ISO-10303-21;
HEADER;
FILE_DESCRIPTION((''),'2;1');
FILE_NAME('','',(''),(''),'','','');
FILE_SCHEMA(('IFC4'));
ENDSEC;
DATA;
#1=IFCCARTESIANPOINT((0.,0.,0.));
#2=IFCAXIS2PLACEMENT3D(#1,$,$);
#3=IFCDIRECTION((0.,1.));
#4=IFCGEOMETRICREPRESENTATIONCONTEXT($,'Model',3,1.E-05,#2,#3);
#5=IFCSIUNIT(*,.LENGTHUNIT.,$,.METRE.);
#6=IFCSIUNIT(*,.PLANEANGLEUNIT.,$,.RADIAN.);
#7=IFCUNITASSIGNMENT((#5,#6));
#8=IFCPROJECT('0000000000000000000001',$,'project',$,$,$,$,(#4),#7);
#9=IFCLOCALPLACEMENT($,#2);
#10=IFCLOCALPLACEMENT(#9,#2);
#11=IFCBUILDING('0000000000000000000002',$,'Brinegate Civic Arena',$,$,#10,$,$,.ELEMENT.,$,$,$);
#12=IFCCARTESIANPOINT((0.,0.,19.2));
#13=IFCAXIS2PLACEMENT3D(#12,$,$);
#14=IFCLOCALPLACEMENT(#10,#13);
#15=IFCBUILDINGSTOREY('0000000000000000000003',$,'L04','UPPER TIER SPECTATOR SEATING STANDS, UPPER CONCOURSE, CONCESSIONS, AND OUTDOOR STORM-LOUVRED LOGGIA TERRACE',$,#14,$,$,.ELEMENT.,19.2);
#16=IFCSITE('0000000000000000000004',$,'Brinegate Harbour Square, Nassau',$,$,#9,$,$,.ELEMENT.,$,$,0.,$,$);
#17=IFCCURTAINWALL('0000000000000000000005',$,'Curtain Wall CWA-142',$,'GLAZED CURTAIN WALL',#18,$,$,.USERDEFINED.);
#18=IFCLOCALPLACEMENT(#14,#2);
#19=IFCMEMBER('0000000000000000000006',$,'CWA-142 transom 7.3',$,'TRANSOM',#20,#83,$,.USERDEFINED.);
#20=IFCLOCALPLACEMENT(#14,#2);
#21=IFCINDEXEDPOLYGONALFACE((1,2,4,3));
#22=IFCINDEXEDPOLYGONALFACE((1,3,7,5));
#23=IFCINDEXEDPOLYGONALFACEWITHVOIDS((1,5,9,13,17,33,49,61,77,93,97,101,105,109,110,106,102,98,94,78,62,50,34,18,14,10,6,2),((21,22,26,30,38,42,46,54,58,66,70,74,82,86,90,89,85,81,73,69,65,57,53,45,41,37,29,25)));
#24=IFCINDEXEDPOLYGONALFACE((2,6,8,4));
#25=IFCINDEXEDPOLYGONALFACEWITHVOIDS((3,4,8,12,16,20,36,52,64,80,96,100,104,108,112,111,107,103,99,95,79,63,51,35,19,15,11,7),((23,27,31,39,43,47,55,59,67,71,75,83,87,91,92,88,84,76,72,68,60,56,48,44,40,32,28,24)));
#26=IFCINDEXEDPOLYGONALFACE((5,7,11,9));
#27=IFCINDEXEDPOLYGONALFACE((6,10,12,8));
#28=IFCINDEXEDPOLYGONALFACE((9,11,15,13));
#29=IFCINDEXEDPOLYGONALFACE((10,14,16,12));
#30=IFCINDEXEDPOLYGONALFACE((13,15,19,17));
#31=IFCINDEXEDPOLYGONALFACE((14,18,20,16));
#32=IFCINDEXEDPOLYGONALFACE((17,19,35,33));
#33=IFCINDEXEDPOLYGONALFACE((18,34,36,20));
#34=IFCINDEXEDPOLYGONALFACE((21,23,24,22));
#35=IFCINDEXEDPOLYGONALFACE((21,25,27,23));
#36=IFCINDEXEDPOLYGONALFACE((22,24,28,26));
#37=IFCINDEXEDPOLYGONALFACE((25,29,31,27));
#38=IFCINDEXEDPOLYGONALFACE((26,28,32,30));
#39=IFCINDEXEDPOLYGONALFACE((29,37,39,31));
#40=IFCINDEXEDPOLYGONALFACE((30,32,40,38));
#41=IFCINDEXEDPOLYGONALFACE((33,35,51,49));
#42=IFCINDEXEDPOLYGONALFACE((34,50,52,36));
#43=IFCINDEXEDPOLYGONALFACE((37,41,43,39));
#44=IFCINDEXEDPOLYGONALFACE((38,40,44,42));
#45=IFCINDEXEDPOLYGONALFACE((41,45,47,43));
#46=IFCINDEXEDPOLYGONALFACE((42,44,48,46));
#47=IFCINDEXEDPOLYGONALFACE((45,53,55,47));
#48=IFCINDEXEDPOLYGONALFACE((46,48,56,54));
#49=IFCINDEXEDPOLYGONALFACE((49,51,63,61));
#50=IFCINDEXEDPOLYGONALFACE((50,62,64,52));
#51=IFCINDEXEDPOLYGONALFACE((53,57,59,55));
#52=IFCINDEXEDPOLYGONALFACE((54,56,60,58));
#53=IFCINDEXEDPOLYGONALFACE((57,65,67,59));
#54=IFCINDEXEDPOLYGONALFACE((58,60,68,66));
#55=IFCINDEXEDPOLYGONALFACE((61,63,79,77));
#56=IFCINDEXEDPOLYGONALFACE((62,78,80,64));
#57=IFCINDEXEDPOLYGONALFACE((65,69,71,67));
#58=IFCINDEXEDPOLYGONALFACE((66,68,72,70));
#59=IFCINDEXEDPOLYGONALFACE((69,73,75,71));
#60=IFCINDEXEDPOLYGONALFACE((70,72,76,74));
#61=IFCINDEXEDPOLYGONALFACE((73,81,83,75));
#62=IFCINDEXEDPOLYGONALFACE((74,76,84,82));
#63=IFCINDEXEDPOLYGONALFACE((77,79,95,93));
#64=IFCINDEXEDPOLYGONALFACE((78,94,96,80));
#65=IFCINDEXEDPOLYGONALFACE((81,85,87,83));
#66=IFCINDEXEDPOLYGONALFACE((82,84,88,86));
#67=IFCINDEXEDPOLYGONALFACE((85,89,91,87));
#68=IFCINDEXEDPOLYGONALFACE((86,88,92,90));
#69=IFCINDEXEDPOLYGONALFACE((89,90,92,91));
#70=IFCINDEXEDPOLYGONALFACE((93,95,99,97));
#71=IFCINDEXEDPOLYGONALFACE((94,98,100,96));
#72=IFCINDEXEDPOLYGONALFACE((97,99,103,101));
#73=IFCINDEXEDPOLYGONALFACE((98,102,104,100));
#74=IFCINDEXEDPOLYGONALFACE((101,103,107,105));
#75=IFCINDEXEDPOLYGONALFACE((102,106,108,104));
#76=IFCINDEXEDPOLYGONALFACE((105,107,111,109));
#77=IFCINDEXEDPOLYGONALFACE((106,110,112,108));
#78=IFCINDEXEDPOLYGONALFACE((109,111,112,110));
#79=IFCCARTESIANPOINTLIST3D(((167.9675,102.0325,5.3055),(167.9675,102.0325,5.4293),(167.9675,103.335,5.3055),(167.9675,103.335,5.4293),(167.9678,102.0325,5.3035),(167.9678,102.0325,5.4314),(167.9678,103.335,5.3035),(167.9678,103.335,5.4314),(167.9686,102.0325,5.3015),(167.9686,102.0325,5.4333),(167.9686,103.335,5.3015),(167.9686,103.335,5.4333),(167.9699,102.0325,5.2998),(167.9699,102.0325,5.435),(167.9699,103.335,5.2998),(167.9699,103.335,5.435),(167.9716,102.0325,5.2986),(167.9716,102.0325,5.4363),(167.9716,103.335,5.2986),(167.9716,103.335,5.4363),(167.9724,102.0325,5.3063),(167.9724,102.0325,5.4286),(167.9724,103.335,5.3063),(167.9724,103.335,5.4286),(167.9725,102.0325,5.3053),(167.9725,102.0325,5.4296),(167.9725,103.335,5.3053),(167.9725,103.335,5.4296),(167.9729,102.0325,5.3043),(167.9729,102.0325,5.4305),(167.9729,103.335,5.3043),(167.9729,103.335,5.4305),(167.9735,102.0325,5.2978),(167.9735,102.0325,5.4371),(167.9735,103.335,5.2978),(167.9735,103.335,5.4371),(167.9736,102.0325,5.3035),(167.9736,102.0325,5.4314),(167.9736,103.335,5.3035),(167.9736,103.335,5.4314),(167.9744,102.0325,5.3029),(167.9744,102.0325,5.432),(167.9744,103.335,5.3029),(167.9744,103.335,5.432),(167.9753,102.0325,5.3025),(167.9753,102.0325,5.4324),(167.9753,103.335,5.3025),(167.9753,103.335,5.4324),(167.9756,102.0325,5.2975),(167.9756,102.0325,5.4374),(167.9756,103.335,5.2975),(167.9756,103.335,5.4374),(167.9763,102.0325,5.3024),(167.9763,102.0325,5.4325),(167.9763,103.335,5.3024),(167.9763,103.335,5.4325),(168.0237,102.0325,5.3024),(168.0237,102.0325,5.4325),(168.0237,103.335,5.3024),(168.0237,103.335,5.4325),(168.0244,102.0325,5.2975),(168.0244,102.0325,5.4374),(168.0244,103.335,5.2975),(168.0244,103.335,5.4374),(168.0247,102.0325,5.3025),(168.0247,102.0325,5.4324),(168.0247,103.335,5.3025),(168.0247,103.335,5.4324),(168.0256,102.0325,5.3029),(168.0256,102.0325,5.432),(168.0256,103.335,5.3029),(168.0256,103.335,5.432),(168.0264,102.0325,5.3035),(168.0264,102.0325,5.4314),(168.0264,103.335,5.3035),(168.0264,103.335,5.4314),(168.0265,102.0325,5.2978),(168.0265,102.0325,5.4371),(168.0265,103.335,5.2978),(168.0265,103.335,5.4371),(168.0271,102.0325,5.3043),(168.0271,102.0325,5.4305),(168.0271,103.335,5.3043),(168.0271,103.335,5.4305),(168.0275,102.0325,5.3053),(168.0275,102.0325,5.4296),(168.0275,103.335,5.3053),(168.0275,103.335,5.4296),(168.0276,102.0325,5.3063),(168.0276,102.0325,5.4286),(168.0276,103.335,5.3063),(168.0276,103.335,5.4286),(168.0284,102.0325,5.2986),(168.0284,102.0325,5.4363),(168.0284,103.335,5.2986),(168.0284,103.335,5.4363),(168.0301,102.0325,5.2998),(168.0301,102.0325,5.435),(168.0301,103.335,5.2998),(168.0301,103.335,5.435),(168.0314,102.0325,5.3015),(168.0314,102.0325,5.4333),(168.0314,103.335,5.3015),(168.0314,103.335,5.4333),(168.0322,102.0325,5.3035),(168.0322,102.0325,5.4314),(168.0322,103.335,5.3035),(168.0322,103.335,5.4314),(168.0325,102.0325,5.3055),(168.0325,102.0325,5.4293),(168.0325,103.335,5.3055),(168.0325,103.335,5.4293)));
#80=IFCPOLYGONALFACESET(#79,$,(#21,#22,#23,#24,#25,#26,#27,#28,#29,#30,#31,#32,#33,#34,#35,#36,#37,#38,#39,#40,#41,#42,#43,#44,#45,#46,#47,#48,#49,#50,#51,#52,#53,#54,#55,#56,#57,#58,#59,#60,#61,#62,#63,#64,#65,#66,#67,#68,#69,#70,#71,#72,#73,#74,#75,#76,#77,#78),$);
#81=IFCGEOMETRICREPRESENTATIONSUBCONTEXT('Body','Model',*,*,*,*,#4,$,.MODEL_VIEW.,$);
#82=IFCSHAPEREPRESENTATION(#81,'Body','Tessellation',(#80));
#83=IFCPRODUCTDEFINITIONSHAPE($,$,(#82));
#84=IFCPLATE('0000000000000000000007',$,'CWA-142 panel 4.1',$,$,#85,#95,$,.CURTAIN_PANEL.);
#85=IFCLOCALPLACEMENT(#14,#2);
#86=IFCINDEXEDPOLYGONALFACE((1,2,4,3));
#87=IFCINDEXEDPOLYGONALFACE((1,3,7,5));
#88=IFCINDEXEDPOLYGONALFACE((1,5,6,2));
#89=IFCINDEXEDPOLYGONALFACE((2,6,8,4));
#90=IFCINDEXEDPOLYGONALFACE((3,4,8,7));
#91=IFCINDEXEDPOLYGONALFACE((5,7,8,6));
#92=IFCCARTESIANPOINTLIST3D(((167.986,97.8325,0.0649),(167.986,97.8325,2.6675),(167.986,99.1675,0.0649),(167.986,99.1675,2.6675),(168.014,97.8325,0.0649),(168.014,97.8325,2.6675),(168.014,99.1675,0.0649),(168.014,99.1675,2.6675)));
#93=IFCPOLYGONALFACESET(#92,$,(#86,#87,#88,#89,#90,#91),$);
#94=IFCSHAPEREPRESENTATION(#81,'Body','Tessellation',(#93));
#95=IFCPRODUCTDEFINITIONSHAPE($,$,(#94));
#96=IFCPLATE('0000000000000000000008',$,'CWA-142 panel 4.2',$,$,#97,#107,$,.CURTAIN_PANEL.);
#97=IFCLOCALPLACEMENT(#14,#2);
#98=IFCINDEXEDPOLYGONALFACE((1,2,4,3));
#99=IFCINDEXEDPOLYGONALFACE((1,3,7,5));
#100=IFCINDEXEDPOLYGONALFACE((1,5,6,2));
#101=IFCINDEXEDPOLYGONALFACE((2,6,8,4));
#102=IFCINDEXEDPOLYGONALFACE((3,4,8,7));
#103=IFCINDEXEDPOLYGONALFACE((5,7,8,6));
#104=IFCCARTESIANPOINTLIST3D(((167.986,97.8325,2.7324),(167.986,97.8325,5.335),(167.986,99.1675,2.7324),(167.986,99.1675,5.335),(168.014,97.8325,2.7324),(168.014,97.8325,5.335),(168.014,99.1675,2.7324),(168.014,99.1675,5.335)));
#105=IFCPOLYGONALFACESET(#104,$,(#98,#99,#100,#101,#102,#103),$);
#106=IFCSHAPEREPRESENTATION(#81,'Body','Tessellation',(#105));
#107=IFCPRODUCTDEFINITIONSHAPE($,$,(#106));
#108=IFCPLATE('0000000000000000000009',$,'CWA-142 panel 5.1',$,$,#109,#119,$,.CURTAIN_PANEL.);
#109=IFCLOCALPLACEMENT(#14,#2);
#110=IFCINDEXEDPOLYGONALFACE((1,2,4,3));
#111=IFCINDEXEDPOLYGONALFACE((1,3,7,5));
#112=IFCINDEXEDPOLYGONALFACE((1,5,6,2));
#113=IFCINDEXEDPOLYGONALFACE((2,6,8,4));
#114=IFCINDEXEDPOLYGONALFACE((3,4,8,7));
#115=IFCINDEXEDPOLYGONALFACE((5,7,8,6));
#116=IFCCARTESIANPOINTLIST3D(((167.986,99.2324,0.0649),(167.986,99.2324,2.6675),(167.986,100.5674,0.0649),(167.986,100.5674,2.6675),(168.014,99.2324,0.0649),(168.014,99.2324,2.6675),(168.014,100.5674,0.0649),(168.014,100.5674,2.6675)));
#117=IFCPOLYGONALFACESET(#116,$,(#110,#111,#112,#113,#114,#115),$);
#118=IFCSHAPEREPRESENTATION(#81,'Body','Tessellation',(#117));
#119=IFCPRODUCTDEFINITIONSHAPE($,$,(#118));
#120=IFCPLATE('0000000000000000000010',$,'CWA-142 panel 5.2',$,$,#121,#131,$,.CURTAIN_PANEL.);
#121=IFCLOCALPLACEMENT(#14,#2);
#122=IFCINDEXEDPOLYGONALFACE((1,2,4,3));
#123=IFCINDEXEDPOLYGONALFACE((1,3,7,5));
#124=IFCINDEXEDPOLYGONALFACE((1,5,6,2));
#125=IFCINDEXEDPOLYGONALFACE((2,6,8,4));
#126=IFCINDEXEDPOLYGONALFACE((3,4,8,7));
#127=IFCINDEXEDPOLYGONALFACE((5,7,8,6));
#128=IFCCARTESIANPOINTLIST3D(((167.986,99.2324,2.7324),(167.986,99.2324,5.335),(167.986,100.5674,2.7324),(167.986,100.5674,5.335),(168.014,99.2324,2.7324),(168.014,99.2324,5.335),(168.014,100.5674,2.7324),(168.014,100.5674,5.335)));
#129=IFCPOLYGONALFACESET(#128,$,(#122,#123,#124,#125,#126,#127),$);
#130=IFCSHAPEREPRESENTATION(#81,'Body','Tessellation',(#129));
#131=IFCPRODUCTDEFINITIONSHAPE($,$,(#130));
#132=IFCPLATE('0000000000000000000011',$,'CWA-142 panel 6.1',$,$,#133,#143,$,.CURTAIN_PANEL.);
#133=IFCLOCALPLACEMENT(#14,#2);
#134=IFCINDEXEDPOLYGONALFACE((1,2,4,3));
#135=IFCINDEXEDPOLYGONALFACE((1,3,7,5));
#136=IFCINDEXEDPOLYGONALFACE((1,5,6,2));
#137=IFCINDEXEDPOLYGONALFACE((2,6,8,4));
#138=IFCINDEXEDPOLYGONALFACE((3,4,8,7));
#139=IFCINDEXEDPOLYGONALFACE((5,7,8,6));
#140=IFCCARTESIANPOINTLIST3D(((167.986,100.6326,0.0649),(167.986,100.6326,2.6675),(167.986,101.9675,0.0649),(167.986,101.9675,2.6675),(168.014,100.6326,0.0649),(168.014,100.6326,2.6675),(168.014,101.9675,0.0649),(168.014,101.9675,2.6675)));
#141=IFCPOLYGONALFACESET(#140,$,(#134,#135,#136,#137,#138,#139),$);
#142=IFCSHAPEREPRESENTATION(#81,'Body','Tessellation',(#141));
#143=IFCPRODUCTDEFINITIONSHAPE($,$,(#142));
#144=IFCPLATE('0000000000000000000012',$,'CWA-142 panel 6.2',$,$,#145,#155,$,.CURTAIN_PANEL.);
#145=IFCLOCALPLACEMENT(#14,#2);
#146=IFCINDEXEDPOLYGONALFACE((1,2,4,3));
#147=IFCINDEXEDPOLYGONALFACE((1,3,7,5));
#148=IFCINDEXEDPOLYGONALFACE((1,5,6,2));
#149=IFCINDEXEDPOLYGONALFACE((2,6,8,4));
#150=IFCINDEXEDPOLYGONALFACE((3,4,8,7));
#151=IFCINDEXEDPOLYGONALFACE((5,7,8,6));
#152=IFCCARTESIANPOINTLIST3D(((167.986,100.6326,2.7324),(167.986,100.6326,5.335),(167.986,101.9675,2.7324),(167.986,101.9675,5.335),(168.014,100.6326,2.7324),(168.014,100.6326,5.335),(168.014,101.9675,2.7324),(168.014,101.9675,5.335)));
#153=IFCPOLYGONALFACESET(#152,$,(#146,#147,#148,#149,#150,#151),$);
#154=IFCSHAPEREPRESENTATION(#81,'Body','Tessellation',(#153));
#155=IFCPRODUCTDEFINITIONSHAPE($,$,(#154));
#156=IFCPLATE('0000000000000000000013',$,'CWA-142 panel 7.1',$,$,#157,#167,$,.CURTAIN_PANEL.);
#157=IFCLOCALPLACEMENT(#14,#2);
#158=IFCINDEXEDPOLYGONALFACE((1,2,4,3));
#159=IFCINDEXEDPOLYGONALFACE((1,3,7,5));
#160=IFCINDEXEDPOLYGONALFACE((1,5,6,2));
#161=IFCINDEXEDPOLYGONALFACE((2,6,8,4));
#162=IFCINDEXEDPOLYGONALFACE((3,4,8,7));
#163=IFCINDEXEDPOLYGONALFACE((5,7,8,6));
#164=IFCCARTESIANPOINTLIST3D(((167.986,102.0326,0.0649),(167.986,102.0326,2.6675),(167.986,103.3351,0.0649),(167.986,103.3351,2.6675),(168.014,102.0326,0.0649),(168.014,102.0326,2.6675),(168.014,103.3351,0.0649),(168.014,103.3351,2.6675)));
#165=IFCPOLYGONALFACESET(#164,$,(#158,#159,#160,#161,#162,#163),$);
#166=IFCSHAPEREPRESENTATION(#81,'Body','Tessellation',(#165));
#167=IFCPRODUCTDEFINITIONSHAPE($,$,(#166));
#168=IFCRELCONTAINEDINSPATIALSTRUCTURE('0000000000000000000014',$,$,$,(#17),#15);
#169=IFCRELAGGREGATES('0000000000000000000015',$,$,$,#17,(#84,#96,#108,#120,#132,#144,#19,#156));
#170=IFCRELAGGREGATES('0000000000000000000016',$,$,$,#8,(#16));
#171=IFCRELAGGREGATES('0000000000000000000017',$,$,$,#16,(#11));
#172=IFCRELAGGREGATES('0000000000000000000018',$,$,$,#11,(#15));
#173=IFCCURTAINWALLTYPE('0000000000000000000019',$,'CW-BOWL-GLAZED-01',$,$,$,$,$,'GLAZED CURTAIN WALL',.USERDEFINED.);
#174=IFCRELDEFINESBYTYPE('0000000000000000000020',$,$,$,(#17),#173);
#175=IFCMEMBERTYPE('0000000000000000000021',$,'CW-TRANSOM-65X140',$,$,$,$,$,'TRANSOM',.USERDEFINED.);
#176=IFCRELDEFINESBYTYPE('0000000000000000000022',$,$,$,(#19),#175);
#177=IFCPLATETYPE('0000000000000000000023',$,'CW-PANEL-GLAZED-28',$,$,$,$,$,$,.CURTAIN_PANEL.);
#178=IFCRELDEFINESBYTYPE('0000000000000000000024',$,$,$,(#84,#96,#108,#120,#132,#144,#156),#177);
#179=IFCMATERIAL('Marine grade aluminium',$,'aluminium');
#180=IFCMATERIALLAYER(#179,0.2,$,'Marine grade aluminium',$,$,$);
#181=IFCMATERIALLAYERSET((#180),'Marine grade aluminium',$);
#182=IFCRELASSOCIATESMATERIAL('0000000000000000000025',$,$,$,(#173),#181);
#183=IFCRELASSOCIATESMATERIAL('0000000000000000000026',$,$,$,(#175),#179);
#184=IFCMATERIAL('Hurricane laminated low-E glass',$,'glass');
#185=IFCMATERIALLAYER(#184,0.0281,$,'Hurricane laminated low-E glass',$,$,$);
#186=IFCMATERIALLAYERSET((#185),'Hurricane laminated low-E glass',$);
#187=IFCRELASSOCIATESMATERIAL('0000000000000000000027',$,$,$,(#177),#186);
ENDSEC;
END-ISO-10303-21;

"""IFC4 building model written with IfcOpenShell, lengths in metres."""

from ifc_helpers import new_model, si_unit, direction, frame, origin, origin_2d, place, context, subcontext, project, spatial, rectangle, hollow_rectangle, extrude, material, layer, layer_set, material_profile, profile_set, type_object, element, aggregate, save


model = new_model("IFC4")

# Units and contexts
model_context = context("Model", 3, precision=1e-05, world=origin(), true_north=direction((0.0, 1.0)))
body_context = subcontext(model_context, "Body", "Model", "MODEL_VIEW")
ifc_project = project(units=[si_unit("LENGTHUNIT", "METRE"), si_unit("PLANEANGLEUNIT", "RADIAN")], contexts=[model_context])

# Site, building, storey
site_placement = place(None, origin())
site = spatial("IfcSite", under=ifc_project, at=site_placement, Name="Brinegate Harbour Square, Nassau", CompositionType="ELEMENT", RefElevation=0.0)
building_placement = place(site_placement, origin())
building = spatial("IfcBuilding", under=site, at=building_placement, Name="Brinegate Civic Arena", CompositionType="ELEMENT")
storey_placement = place(building_placement, frame((0.0, 0.0, 19.2)))
storey = spatial("IfcBuildingStorey", under=building, at=storey_placement, Name="L04", Description="UPPER TIER SPECTATOR SEATING STANDS, UPPER CONCOURSE, CONCESSIONS, AND OUTDOOR STORM-LOUVRED LOGGIA TERRACE", CompositionType="ELEMENT", Elevation=19.2)

# Curtain wall, member, plates
ifc_material_1 = material(Name="Marine grade aluminium", Category="aluminium")
ifc_layer_1 = layer(ifc_material_1, 0.2, Name="Marine grade aluminium")
ifc_layer_set_1 = layer_set([ifc_layer_1], Name="Marine grade aluminium")
curtain_wall_type = type_object("IfcCurtainWallType", Name="CW-BOWL-GLAZED-01", ElementType="GLAZED CURTAIN WALL", PredefinedType="USERDEFINED", material=ifc_layer_set_1)
curtain_wall_placement = place(storey_placement, origin())
curtain_wall = element("IfcCurtainWall", 1, at=curtain_wall_placement, inside=storey, type_object=curtain_wall_type, Name="Curtain Wall CWA-142", ObjectType="GLAZED CURTAIN WALL", PredefinedType="USERDEFINED")
ifc_material_profile_1 = material_profile(ifc_material_1, hollow_rectangle(XDim=0.0649, YDim=0.1399, WallThickness=0.0049, InnerFilletRadius=0.0039, OuterFilletRadius=0.0081, at=origin_2d()), Name="TRN65X140")
ifc_profile_set_1 = profile_set([ifc_material_profile_1], Name="Marine grade aluminium")
member_type_1 = type_object("IfcMemberType", Name="CW-TRANSOM-65X140", ElementType="TRANSOM", PredefinedType="USERDEFINED", material=ifc_profile_set_1)
member_1_placement = place(storey_placement, frame((168.0, 102.0325, 5.3674), z_axis=(0.0, 1.0, 0.0), x_axis=(-1.0, 0.0, 0.0)))
member_1 = element("IfcMember", 2, at=member_1_placement, type_object=member_type_1, Name="CWA-142 transom 7.3", ObjectType="TRANSOM", PredefinedType="USERDEFINED", context=body_context, shape_type="SweptSolid", body=[
    extrude(hollow_rectangle(XDim=0.0649, YDim=0.1399, WallThickness=0.0049, InnerFilletRadius=0.0039, OuterFilletRadius=0.0081, at=origin_2d()), origin(), (0.0, 0.0, 1.0), 1.3025),
])
ifc_material_2 = material(Name="Hurricane laminated low-E glass", Category="glass")
ifc_layer_2 = layer(ifc_material_2, 0.0281, Name="Hurricane laminated low-E glass")
ifc_layer_set_2 = layer_set([ifc_layer_2], Name="Hurricane laminated low-E glass")
plate_type = type_object("IfcPlateType", Name="CW-PANEL-GLAZED-28", PredefinedType="CURTAIN_PANEL", material=ifc_layer_set_2)
plate_1_placement = place(storey_placement, frame((168.0, 98.5, 0.0649), z_axis=(0.0, 0.0, 1.0), x_axis=(0.0, 1.0, 0.0)))
plate_1 = element("IfcPlate", 3, at=plate_1_placement, type_object=plate_type, Name="CWA-142 panel 4.1", PredefinedType="CURTAIN_PANEL", context=body_context, shape_type="SweptSolid", body=[
    extrude(rectangle(XDim=1.335, YDim=0.0281, at=origin_2d()), origin(), (0.0, 0.0, 1.0), 2.6025),
])
plate_2_placement = place(storey_placement, frame((168.0, 98.5, 2.7324), z_axis=(0.0, 0.0, 1.0), x_axis=(0.0, 1.0, 0.0)))
plate_2 = element("IfcPlate", 4, at=plate_2_placement, type_object=plate_type, Name="CWA-142 panel 4.2", PredefinedType="CURTAIN_PANEL", context=body_context, shape_type="SweptSolid", body=[
    extrude(rectangle(XDim=1.335, YDim=0.0281, at=origin_2d()), origin(), (0.0, 0.0, 1.0), 2.6025),
])
plate_3_placement = place(storey_placement, frame((168.0, 99.8999, 0.0649), z_axis=(0.0, 0.0, 1.0), x_axis=(0.0, 1.0, 0.0)))
plate_3 = element("IfcPlate", 5, at=plate_3_placement, type_object=plate_type, Name="CWA-142 panel 5.1", PredefinedType="CURTAIN_PANEL", context=body_context, shape_type="SweptSolid", body=[
    extrude(rectangle(XDim=1.335, YDim=0.0281, at=origin_2d()), origin(), (0.0, 0.0, 1.0), 2.6025),
])
plate_4_placement = place(storey_placement, frame((168.0, 99.8999, 2.7324), z_axis=(0.0, 0.0, 1.0), x_axis=(0.0, 1.0, 0.0)))
plate_4 = element("IfcPlate", 6, at=plate_4_placement, type_object=plate_type, Name="CWA-142 panel 5.2", PredefinedType="CURTAIN_PANEL", context=body_context, shape_type="SweptSolid", body=[
    extrude(rectangle(XDim=1.335, YDim=0.0281, at=origin_2d()), origin(), (0.0, 0.0, 1.0), 2.6025),
])
plate_5_placement = place(storey_placement, frame((168.0, 101.3, 0.0649), z_axis=(0.0, 0.0, 1.0), x_axis=(0.0, 1.0, 0.0)))
plate_5 = element("IfcPlate", 7, at=plate_5_placement, type_object=plate_type, Name="CWA-142 panel 6.1", PredefinedType="CURTAIN_PANEL", context=body_context, shape_type="SweptSolid", body=[
    extrude(rectangle(XDim=1.335, YDim=0.0281, at=origin_2d()), origin(), (0.0, 0.0, 1.0), 2.6025),
])
plate_6_placement = place(storey_placement, frame((168.0, 101.3, 2.7324), z_axis=(0.0, 0.0, 1.0), x_axis=(0.0, 1.0, 0.0)))
plate_6 = element("IfcPlate", 8, at=plate_6_placement, type_object=plate_type, Name="CWA-142 panel 6.2", PredefinedType="CURTAIN_PANEL", context=body_context, shape_type="SweptSolid", body=[
    extrude(rectangle(XDim=1.335, YDim=0.0281, at=origin_2d()), origin(), (0.0, 0.0, 1.0), 2.6025),
])
plate_7_placement = place(storey_placement, frame((168.0, 102.6838, 0.0649), z_axis=(0.0, 0.0, 1.0), x_axis=(0.0, 1.0, 0.0)))
plate_7 = element("IfcPlate", 9, at=plate_7_placement, type_object=plate_type, Name="CWA-142 panel 7.1", PredefinedType="CURTAIN_PANEL", context=body_context, shape_type="SweptSolid", body=[
    extrude(rectangle(XDim=1.3025, YDim=0.0281, at=origin_2d()), origin(), (0.0, 0.0, 1.0), 2.6025),
])
aggregate(curtain_wall, [plate_1, plate_2, plate_3, plate_4, plate_5, plate_6, member_1, plate_7])

save(model, "model.ifc")
